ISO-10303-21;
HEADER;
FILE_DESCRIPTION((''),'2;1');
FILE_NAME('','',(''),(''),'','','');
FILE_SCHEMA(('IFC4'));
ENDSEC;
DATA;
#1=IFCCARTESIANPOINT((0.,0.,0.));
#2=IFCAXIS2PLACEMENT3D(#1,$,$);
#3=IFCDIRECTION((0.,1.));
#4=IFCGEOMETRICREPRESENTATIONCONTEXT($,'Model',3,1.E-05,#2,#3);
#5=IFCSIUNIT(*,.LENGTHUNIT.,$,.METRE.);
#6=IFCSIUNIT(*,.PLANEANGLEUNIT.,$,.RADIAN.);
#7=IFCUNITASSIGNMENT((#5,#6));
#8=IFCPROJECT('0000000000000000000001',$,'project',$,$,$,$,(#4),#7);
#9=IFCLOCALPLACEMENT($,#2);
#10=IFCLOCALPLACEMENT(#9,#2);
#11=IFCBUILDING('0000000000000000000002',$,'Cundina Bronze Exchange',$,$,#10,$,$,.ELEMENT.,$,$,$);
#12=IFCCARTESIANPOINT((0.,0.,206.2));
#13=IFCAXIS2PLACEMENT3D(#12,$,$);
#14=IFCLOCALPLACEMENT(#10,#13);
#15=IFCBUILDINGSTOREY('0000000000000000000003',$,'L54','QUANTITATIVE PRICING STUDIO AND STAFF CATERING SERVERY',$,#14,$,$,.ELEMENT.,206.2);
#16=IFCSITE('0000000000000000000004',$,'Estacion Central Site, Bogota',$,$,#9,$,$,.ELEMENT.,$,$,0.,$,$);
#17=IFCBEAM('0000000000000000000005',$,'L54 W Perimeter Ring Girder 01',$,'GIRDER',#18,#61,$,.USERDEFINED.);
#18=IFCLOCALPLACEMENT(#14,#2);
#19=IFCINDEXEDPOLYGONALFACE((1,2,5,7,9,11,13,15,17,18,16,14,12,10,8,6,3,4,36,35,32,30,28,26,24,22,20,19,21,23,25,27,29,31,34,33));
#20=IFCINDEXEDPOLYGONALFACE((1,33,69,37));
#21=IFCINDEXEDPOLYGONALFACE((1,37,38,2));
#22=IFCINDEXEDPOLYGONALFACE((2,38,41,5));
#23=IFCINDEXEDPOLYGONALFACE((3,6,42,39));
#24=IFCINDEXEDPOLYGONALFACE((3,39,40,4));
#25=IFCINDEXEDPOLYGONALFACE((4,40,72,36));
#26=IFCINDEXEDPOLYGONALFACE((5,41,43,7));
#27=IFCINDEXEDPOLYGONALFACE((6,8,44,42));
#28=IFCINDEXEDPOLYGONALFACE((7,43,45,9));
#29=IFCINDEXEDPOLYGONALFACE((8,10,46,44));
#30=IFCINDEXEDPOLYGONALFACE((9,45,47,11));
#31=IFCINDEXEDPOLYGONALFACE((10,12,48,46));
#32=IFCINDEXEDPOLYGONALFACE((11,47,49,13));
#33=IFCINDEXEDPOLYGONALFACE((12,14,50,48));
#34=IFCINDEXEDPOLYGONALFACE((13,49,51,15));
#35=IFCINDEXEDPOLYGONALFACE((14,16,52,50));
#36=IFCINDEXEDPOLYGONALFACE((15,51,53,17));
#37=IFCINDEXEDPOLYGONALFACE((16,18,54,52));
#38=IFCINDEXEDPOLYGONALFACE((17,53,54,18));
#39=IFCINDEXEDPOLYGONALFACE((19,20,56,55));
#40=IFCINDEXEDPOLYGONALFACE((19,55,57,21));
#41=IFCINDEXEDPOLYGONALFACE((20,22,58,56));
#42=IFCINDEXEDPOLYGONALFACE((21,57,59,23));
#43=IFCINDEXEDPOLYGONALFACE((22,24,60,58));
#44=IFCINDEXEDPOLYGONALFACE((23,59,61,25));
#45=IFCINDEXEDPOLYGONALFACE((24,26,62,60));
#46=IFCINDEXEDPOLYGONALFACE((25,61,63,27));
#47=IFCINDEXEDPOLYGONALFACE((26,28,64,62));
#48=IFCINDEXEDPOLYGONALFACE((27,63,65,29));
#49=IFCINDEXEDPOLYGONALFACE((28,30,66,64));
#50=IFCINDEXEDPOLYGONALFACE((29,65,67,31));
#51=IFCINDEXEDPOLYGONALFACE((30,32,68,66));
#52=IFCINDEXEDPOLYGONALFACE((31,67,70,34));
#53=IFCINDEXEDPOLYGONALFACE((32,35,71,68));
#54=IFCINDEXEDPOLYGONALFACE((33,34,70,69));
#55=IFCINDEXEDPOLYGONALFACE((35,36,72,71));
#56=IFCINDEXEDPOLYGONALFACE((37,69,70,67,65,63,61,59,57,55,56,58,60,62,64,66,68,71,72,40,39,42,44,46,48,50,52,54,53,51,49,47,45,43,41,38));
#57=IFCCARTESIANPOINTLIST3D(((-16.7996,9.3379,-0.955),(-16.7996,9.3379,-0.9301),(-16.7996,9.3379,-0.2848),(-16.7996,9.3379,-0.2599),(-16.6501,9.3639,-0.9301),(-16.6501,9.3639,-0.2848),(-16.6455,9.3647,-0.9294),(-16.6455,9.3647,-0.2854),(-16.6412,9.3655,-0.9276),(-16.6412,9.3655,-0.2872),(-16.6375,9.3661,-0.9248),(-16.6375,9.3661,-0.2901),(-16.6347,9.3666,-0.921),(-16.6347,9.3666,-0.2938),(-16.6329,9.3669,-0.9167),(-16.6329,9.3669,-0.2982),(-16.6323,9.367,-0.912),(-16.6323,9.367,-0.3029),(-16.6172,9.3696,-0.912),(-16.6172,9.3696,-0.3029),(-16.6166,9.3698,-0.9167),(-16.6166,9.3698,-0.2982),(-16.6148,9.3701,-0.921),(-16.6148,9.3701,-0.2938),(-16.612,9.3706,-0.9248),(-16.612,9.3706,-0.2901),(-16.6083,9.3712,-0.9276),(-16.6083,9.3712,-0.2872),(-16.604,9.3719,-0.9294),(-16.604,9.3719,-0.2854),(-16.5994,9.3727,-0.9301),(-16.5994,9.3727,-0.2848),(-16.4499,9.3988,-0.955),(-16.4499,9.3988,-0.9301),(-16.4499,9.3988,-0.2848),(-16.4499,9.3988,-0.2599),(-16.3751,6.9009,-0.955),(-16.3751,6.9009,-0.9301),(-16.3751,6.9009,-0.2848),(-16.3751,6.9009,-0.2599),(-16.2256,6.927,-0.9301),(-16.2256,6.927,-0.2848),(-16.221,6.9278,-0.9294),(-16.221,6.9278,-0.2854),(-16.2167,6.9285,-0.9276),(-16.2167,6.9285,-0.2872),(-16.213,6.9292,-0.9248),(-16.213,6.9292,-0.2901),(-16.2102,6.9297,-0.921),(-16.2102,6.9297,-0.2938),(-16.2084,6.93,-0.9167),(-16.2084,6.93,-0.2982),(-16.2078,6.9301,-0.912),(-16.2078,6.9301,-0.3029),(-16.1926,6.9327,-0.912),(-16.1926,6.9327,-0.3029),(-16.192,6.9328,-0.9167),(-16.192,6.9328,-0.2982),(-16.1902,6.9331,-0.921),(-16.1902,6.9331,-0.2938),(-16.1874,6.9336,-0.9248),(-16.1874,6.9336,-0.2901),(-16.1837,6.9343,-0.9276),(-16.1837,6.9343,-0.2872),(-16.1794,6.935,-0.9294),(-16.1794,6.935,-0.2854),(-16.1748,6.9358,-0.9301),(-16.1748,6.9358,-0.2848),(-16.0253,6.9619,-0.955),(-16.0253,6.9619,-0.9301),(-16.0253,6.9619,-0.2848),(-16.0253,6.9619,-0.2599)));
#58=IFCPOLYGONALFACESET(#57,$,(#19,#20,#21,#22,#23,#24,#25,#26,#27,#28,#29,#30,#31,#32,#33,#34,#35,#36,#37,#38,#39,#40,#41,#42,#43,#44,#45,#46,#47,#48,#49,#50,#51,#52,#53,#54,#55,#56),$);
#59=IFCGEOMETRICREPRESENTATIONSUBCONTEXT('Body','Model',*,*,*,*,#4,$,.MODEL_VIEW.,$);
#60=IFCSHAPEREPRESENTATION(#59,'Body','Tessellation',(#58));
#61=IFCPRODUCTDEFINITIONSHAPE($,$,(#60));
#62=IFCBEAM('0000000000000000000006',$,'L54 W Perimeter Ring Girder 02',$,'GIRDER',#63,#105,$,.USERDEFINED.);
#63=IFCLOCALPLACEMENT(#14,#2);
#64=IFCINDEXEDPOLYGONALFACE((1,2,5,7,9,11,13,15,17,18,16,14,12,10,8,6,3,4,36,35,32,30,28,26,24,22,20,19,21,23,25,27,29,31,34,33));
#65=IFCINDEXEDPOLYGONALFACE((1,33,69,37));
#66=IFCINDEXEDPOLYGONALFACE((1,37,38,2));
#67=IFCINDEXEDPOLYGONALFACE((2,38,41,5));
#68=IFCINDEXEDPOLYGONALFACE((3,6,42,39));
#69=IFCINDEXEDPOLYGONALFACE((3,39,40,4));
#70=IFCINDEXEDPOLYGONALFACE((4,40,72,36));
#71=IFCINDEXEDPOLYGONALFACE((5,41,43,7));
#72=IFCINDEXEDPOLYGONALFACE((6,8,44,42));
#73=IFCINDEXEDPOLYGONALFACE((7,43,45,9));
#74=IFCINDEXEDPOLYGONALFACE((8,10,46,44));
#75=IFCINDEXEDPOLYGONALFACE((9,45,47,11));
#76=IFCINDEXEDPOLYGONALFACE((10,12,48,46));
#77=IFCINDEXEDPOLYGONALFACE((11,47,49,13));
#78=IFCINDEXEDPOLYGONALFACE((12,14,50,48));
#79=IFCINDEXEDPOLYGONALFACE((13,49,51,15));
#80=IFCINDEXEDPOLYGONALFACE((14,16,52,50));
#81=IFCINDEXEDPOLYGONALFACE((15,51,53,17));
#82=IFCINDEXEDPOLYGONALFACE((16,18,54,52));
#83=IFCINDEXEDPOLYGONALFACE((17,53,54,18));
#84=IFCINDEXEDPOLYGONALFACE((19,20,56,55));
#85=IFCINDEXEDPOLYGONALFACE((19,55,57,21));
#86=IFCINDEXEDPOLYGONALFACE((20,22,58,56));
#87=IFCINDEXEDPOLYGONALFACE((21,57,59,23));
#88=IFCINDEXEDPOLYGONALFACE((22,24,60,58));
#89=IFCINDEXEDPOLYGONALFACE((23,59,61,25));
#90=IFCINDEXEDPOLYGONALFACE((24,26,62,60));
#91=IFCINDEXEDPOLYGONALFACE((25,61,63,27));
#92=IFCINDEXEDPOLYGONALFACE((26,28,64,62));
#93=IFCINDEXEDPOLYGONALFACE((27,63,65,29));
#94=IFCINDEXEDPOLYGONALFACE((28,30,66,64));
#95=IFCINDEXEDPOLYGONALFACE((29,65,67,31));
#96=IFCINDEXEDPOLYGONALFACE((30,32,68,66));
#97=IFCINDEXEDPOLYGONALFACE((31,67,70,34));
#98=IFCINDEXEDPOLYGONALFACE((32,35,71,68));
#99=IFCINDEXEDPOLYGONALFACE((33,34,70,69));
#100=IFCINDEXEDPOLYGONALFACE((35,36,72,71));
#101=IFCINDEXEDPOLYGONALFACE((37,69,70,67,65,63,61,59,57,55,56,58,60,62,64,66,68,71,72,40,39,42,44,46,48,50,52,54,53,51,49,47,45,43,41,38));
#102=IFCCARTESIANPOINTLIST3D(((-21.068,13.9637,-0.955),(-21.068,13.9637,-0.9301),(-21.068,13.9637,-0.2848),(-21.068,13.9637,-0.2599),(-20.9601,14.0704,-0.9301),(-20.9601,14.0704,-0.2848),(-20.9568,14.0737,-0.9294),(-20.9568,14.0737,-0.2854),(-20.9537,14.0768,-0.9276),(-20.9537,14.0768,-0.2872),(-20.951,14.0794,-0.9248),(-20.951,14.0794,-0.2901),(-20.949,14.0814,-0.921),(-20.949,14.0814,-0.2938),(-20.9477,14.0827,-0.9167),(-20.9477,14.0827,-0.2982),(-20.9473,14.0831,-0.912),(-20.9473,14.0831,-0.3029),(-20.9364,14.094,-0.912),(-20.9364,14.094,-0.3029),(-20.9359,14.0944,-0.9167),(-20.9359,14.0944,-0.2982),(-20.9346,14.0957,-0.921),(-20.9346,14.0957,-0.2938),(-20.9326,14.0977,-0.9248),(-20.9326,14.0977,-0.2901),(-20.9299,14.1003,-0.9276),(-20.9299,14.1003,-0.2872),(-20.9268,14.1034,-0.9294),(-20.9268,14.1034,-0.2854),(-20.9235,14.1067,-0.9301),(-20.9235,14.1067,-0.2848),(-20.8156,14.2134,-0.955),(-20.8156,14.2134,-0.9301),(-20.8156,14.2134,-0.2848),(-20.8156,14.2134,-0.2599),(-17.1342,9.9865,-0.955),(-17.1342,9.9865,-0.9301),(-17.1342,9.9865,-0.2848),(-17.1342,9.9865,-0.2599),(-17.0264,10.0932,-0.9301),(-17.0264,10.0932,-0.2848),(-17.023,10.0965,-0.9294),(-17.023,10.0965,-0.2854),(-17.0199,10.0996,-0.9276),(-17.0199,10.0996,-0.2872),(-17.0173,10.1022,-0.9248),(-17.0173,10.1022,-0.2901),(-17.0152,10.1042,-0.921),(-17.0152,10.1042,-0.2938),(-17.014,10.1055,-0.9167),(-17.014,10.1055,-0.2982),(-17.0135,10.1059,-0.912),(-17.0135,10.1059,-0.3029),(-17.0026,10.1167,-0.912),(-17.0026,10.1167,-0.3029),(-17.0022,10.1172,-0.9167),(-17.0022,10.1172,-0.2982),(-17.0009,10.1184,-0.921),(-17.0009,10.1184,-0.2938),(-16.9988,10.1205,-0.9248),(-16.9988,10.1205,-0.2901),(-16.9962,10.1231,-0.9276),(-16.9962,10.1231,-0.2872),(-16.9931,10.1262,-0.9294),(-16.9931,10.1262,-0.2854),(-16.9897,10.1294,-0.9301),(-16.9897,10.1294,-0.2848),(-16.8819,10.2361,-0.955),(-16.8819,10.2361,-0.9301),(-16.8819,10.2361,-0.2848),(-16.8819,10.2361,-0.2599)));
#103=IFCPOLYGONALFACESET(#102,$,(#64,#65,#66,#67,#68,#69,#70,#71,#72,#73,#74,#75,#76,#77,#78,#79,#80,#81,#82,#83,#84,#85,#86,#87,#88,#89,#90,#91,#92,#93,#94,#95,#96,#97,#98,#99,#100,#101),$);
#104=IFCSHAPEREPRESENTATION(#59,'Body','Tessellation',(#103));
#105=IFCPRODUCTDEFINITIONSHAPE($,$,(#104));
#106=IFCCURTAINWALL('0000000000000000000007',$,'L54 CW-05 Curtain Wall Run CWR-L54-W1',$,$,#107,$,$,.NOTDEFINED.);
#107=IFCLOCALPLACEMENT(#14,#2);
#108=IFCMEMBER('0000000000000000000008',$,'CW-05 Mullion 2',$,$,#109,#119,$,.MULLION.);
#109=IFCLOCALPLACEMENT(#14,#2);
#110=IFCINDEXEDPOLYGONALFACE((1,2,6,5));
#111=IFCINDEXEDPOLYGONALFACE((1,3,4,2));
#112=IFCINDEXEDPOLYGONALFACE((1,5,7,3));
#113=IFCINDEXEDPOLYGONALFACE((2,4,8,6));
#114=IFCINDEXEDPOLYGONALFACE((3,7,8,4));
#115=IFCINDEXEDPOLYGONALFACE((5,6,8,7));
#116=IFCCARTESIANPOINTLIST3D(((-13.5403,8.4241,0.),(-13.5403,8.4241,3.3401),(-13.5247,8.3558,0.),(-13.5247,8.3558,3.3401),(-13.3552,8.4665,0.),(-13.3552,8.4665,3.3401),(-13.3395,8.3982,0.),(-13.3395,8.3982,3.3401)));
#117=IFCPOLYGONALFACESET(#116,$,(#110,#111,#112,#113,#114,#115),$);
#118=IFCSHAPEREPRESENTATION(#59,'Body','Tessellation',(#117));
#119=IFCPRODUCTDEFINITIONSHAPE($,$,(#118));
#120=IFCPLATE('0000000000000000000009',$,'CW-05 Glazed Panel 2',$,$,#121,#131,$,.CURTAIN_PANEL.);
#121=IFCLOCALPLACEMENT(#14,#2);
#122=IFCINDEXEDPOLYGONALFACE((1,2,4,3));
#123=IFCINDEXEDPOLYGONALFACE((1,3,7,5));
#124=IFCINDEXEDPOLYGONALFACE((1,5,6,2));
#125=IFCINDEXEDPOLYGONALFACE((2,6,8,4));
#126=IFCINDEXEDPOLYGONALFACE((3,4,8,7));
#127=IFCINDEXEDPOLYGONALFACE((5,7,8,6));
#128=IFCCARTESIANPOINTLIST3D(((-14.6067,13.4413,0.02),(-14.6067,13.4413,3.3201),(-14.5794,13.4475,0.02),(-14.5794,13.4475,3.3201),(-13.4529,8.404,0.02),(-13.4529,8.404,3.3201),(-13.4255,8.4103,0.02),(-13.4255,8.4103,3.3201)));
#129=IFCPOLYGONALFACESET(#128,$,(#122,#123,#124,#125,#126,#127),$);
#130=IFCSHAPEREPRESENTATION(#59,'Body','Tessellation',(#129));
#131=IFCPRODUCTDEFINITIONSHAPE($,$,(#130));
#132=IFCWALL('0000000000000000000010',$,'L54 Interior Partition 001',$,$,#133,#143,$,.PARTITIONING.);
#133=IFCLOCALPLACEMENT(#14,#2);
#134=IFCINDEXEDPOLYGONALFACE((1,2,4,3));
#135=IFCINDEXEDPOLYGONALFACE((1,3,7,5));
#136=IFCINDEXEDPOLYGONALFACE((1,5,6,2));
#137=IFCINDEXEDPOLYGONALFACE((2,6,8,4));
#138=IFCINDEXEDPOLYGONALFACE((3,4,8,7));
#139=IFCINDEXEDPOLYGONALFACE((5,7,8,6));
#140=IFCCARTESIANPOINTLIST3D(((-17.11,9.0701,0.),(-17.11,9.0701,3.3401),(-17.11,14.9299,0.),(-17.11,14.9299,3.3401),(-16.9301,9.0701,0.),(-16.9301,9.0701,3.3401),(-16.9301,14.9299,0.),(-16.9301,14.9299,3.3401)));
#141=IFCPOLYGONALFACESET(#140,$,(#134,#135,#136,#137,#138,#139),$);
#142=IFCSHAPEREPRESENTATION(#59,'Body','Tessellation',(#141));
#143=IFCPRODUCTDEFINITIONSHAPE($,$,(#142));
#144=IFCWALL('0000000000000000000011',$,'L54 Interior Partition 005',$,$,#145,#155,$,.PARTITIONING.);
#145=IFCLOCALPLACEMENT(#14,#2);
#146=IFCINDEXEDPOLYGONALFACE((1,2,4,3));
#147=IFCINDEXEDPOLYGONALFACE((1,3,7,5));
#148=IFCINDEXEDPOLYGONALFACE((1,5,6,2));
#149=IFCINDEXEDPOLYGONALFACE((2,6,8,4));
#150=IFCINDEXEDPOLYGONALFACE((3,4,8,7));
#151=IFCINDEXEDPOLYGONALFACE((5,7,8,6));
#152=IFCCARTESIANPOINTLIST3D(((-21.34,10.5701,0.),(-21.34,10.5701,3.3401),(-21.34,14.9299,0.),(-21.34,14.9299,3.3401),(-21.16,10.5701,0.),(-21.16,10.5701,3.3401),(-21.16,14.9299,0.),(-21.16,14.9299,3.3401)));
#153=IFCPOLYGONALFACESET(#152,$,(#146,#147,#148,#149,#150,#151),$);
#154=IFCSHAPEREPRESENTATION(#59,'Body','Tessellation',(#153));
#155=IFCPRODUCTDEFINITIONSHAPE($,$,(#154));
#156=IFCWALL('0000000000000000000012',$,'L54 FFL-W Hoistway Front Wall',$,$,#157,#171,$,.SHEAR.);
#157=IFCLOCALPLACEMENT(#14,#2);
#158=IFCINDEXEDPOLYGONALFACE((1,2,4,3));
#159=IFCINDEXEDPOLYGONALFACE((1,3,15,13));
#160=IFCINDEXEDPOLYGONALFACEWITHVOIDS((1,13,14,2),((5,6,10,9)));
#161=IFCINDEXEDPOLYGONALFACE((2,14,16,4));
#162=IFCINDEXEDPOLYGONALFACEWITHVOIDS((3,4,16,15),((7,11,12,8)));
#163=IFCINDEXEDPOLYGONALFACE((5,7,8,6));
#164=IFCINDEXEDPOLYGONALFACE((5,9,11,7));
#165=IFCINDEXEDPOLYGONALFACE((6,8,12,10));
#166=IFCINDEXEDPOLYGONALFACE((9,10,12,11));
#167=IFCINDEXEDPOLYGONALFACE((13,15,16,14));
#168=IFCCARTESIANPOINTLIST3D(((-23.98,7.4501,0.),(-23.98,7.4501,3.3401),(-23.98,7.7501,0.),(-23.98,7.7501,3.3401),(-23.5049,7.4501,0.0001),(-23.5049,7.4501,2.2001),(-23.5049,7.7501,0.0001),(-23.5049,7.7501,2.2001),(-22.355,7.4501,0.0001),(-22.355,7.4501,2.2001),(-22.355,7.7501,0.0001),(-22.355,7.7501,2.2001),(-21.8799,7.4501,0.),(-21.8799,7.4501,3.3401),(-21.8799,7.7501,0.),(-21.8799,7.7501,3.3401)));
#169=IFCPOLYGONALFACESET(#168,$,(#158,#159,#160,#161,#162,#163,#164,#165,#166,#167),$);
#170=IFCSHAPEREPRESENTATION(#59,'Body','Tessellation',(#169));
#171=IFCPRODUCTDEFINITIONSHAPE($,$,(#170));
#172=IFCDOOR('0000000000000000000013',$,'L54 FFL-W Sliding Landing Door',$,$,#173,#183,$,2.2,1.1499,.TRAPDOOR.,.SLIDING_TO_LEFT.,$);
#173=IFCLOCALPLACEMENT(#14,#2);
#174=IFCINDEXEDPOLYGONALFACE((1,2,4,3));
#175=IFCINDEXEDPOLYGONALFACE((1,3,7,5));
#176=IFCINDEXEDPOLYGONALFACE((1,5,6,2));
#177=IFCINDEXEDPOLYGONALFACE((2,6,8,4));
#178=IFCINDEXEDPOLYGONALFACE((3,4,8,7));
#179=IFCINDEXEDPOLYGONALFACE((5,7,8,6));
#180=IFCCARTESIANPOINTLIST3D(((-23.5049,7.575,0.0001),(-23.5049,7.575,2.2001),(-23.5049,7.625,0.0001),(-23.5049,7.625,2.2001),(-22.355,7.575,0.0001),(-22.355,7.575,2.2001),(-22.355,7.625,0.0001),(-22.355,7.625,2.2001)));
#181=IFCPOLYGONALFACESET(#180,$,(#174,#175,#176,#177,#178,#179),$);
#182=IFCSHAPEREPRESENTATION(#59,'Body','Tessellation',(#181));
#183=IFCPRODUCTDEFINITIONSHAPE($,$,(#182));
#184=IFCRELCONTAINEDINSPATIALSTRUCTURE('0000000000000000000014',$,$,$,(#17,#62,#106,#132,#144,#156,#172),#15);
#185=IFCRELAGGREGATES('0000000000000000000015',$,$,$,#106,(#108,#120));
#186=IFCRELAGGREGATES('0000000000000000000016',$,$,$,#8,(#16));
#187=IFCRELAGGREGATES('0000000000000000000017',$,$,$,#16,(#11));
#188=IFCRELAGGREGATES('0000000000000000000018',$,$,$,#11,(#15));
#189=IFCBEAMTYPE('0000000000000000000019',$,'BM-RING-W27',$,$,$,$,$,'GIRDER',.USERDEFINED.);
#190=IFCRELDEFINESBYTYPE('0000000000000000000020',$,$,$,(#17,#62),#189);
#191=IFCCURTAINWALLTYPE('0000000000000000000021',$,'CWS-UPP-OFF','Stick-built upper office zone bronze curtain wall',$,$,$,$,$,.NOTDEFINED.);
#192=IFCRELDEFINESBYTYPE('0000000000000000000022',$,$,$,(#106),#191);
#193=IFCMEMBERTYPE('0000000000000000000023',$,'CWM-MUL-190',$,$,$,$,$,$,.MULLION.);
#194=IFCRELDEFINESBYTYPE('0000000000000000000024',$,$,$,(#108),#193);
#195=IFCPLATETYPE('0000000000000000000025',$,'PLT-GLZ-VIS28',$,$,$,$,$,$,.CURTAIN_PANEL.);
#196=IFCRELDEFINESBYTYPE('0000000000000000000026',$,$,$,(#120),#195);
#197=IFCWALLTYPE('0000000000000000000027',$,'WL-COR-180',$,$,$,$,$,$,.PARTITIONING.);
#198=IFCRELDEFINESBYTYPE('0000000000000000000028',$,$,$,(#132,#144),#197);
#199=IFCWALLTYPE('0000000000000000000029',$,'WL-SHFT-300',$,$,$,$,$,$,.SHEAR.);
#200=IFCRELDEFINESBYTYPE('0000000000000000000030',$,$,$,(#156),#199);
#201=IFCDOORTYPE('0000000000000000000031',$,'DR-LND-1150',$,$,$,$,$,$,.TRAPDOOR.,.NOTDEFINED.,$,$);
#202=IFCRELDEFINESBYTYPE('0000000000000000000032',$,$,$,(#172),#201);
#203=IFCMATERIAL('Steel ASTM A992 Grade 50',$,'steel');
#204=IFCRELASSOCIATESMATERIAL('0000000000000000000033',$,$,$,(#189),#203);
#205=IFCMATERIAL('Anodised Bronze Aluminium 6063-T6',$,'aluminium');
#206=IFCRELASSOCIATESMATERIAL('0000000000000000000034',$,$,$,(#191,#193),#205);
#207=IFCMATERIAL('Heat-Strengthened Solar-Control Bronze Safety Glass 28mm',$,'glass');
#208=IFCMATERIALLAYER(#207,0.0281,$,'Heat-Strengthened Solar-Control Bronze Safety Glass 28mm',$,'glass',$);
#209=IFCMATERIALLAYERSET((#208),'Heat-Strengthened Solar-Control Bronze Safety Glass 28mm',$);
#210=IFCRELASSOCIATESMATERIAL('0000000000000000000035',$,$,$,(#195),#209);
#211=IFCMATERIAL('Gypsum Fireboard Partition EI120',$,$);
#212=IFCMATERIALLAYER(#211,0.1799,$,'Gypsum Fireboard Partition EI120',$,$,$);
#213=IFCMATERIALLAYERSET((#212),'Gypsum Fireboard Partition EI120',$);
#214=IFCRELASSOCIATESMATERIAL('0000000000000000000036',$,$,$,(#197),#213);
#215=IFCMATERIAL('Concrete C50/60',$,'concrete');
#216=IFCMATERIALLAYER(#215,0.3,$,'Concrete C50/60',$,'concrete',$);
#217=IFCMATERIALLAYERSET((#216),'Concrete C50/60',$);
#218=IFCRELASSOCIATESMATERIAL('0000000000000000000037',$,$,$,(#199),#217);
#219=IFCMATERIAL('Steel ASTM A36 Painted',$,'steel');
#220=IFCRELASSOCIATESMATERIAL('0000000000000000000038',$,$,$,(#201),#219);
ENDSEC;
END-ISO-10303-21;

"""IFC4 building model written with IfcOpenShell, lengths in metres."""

from ifc_helpers import new_model, si_unit, direction, frame, frame_2d, origin, origin_2d, place, context, subcontext, project, spatial, rectangle, i_section, extrude, material, layer, layer_set, material_profile, profile_set, type_object, element, fill, aggregate, save


model = new_model("IFC4")

# Units and contexts
model_context = context("Model", 3, precision=1e-05, world=origin(), true_north=direction((0.0, 1.0)))
body_context = subcontext(model_context, "Body", "Model", "MODEL_VIEW")
ifc_project = project(units=[si_unit("LENGTHUNIT", "METRE"), si_unit("PLANEANGLEUNIT", "RADIAN")], contexts=[model_context])

# Site, building, storey
site_placement = place(None, origin())
site = spatial("IfcSite", under=ifc_project, at=site_placement, Name="Estacion Central Site, Bogota", CompositionType="ELEMENT", RefElevation=0.0)
building_placement = place(site_placement, origin())
building = spatial("IfcBuilding", under=site, at=building_placement, Name="Cundina Bronze Exchange", CompositionType="ELEMENT")
storey_placement = place(building_placement, frame((0.0, 0.0, 206.2)))
storey = spatial("IfcBuildingStorey", under=building, at=storey_placement, Name="L54", Description="QUANTITATIVE PRICING STUDIO AND STAFF CATERING SERVERY", CompositionType="ELEMENT", Elevation=206.2)

# Shared definitions
ifc_material_1 = material(Name="Concrete C50/60", Category="concrete")

# Beams
ifc_material_2 = material(Name="Steel ASTM A992 Grade 50", Category="steel")
ifc_material_profile_1 = material_profile(ifc_material_2, i_section(OverallWidth=0.355, OverallDepth=0.6951, WebThickness=0.0154, FlangeThickness=0.0249, FilletRadius=0.0181, at=origin_2d()), Name="W27X146", Category="steel")
ifc_profile_set_1 = profile_set([ifc_material_profile_1], Name="Steel ASTM A992 Grade 50")
beam_type_1 = type_object("IfcBeamType", Name="BM-RING-W27", ElementType="GIRDER", PredefinedType="USERDEFINED", material=ifc_profile_set_1)
beam_1_placement = place(storey_placement, frame((-16.2002, 6.9314, -0.6074), z_axis=(-0.171629, 0.985162, 0.0), x_axis=(-0.985162, -0.171629, 0.0)))
element("IfcBeam", 1, at=beam_1_placement, inside=storey, type_object=beam_type_1, Name="L54 W Perimeter Ring Girder 01", ObjectType="GIRDER", PredefinedType="USERDEFINED", context=body_context, shape_type="SweptSolid", body=[
    extrude(i_section(OverallWidth=0.355, OverallDepth=0.6951, WebThickness=0.0154, FlangeThickness=0.0249, FilletRadius=0.0181, at=origin_2d()), origin(), (0.0, 0.0, 1.0), 2.4736),
])
beam_2_placement = place(storey_placement, frame((-17.0081, 10.1113, -0.6074), z_axis=(-0.703212, 0.71098, 0.0), x_axis=(-0.71098, -0.703212, 0.0)))
element("IfcBeam", 2, at=beam_2_placement, inside=storey, type_object=beam_type_1, Name="L54 W Perimeter Ring Girder 02", ObjectType="GIRDER", PredefinedType="USERDEFINED", context=body_context, shape_type="SweptSolid", body=[
    extrude(i_section(OverallWidth=0.355, OverallDepth=0.6951, WebThickness=0.0154, FlangeThickness=0.0249, FilletRadius=0.0181, at=origin_2d()), origin(), (0.0, 0.0, 1.0), 5.594),
])

# Curtain wall, member, plate
ifc_material_3 = material(Name="Anodised Bronze Aluminium 6063-T6", Category="aluminium")
curtain_wall_type = type_object("IfcCurtainWallType", Name="CWS-UPP-OFF", Description="Stick-built upper office zone bronze curtain wall", PredefinedType="NOTDEFINED", material=ifc_material_3)
curtain_wall_placement = place(storey_placement, origin())
curtain_wall = element("IfcCurtainWall", 3, at=curtain_wall_placement, inside=storey, type_object=curtain_wall_type, Name="L54 CW-05 Curtain Wall Run CWR-L54-W1", PredefinedType="NOTDEFINED")
ifc_material_profile_2 = material_profile(ifc_material_3, rectangle(XDim=0.0701, YDim=0.1899, at=origin_2d()), Name="AL70X190", Category="aluminium")
ifc_profile_set_2 = profile_set([ifc_material_profile_2], Name="Anodised Bronze Aluminium 6063-T6")
member_type = type_object("IfcMemberType", Name="CWM-MUL-190", PredefinedType="MULLION", material=ifc_profile_set_2)
member_placement = place(storey_placement, frame((-13.4399, 8.4111, 0.0), z_axis=(0.0, 0.0, 1.0), x_axis=(-0.22325, 0.974761, 0.0)))
member = element("IfcMember", 4, at=member_placement, type_object=member_type, Name="CW-05 Mullion 2", PredefinedType="MULLION", context=body_context, shape_type="SweptSolid", body=[
    extrude(rectangle(XDim=0.0701, YDim=0.1899, at=origin_2d()), origin(), (0.0, 0.0, 1.0), 3.3401),
])
ifc_material_4 = material(Name="Heat-Strengthened Solar-Control Bronze Safety Glass 28mm", Category="glass")
ifc_layer_1 = layer(ifc_material_4, 0.0281, Name="Heat-Strengthened Solar-Control Bronze Safety Glass 28mm", Category="glass")
ifc_layer_set_1 = layer_set([ifc_layer_1], Name="Heat-Strengthened Solar-Control Bronze Safety Glass 28mm")
plate_type = type_object("IfcPlateType", Name="PLT-GLZ-VIS28", PredefinedType="CURTAIN_PANEL", material=ifc_layer_set_1)
plate_placement = place(storey_placement, frame((-14.0161, 10.9258, 0.02), z_axis=(0.0, 0.0, 1.0), x_axis=(-0.223284, 0.974753, 0.0)))
plate = element("IfcPlate", 5, at=plate_placement, type_object=plate_type, Name="CW-05 Glazed Panel 2", PredefinedType="CURTAIN_PANEL", context=body_context, shape_type="SweptSolid", body=[
    extrude(rectangle(XDim=5.1677, YDim=0.0281, at=origin_2d()), origin(), (0.0, 0.0, 1.0), 3.3),
])
aggregate(curtain_wall, [member, plate])

# Walls
ifc_material_5 = material(Name="Gypsum Fireboard Partition EI120")
ifc_layer_2 = layer(ifc_material_5, 0.1799, Name="Gypsum Fireboard Partition EI120")
ifc_layer_set_2 = layer_set([ifc_layer_2], Name="Gypsum Fireboard Partition EI120")
wall_type_1 = type_object("IfcWallType", Name="WL-COR-180", PredefinedType="PARTITIONING", material=ifc_layer_set_2)
wall_1_placement = place(storey_placement, frame((-17.02, 9.0701, 0.0), z_axis=(0.0, 0.0, 1.0), x_axis=(0.0, 1.0, 0.0)))
element("IfcWall", 6, at=wall_1_placement, inside=storey, type_object=wall_type_1, Name="L54 Interior Partition 001", PredefinedType="PARTITIONING", context=body_context, shape_type="SweptSolid", body=[
    extrude(rectangle(XDim=5.8599, YDim=0.1799, at=frame_2d((2.9299, 0.0))), origin(), (0.0, 0.0, 1.0), 3.3401),
])
wall_2_placement = place(storey_placement, frame((-21.25, 10.5701, 0.0), z_axis=(0.0, 0.0, 1.0), x_axis=(0.0, 1.0, 0.0)))
element("IfcWall", 7, at=wall_2_placement, inside=storey, type_object=wall_type_1, Name="L54 Interior Partition 005", PredefinedType="PARTITIONING", context=body_context, shape_type="SweptSolid", body=[
    extrude(rectangle(XDim=4.3599, YDim=0.1799, at=frame_2d((2.1799, 0.0))), origin(), (0.0, 0.0, 1.0), 3.3401),
])

# Wall, opening, door
ifc_layer_3 = layer(ifc_material_1, 0.3, Name="Concrete C50/60", Category="concrete")
ifc_layer_set_3 = layer_set([ifc_layer_3], Name="Concrete C50/60")
wall_type_2 = type_object("IfcWallType", Name="WL-SHFT-300", PredefinedType="SHEAR", material=ifc_layer_set_3)
ifc_material_6 = material(Name="Steel ASTM A36 Painted", Category="steel")
wall_3_placement = place(storey_placement, frame((-23.98, 7.6001, 0.0), z_axis=(0.0, 0.0, 1.0), x_axis=(1.0, 0.0, 0.0)))
wall_3 = element("IfcWall", 8, at=wall_3_placement, inside=storey, type_object=wall_type_2, Name="L54 FFL-W Hoistway Front Wall", PredefinedType="SHEAR", context=body_context, shape_type="SweptSolid", body=[
    extrude(rectangle(XDim=2.1001, YDim=0.3, at=frame_2d((1.05, 0.0))), origin(), (0.0, 0.0, 1.0), 3.3401),
])
opening_1_placement = place(wall_3_placement, frame((0.4751, 0.0, 0.0)))
opening_1 = element("IfcOpeningElement", 9, at=opening_1_placement, cuts=wall_3, PredefinedType="OPENING", context=body_context, shape_type="SweptSolid", body=[
    extrude(rectangle(XDim=1.1499, YDim=2.2, at=frame_2d((0.575, 1.1001))), frame((0.0, 0.1599, 0.0), z_axis=(0.0, -1.0, 0.0), x_axis=(1.0, 0.0, 0.0)), (0.0, 0.0, 1.0), 0.3201),
])
door_type_1 = type_object("IfcDoorType", Name="DR-LND-1150", OperationType="NOTDEFINED", PredefinedType="TRAPDOOR", material=ifc_material_6)
door_1_placement = place(opening_1_placement, origin())
door_1 = element("IfcDoor", 10, at=door_1_placement, inside=storey, type_object=door_type_1, Name="L54 FFL-W Sliding Landing Door", OperationType="SLIDING_TO_LEFT", OverallHeight=2.2, OverallWidth=1.1499, PredefinedType="TRAPDOOR", context=body_context, shape_type="SweptSolid", body=[
    extrude(rectangle(XDim=1.1499, YDim=2.2, at=frame_2d((0.575, 1.1001))), frame((0.0, 0.0249, 0.0), z_axis=(0.0, -1.0, 0.0), x_axis=(1.0, 0.0, 0.0)), (0.0, 0.0, 1.0), 0.05),
])
fill(opening_1, door_1)

save(model, "model.ifc")
